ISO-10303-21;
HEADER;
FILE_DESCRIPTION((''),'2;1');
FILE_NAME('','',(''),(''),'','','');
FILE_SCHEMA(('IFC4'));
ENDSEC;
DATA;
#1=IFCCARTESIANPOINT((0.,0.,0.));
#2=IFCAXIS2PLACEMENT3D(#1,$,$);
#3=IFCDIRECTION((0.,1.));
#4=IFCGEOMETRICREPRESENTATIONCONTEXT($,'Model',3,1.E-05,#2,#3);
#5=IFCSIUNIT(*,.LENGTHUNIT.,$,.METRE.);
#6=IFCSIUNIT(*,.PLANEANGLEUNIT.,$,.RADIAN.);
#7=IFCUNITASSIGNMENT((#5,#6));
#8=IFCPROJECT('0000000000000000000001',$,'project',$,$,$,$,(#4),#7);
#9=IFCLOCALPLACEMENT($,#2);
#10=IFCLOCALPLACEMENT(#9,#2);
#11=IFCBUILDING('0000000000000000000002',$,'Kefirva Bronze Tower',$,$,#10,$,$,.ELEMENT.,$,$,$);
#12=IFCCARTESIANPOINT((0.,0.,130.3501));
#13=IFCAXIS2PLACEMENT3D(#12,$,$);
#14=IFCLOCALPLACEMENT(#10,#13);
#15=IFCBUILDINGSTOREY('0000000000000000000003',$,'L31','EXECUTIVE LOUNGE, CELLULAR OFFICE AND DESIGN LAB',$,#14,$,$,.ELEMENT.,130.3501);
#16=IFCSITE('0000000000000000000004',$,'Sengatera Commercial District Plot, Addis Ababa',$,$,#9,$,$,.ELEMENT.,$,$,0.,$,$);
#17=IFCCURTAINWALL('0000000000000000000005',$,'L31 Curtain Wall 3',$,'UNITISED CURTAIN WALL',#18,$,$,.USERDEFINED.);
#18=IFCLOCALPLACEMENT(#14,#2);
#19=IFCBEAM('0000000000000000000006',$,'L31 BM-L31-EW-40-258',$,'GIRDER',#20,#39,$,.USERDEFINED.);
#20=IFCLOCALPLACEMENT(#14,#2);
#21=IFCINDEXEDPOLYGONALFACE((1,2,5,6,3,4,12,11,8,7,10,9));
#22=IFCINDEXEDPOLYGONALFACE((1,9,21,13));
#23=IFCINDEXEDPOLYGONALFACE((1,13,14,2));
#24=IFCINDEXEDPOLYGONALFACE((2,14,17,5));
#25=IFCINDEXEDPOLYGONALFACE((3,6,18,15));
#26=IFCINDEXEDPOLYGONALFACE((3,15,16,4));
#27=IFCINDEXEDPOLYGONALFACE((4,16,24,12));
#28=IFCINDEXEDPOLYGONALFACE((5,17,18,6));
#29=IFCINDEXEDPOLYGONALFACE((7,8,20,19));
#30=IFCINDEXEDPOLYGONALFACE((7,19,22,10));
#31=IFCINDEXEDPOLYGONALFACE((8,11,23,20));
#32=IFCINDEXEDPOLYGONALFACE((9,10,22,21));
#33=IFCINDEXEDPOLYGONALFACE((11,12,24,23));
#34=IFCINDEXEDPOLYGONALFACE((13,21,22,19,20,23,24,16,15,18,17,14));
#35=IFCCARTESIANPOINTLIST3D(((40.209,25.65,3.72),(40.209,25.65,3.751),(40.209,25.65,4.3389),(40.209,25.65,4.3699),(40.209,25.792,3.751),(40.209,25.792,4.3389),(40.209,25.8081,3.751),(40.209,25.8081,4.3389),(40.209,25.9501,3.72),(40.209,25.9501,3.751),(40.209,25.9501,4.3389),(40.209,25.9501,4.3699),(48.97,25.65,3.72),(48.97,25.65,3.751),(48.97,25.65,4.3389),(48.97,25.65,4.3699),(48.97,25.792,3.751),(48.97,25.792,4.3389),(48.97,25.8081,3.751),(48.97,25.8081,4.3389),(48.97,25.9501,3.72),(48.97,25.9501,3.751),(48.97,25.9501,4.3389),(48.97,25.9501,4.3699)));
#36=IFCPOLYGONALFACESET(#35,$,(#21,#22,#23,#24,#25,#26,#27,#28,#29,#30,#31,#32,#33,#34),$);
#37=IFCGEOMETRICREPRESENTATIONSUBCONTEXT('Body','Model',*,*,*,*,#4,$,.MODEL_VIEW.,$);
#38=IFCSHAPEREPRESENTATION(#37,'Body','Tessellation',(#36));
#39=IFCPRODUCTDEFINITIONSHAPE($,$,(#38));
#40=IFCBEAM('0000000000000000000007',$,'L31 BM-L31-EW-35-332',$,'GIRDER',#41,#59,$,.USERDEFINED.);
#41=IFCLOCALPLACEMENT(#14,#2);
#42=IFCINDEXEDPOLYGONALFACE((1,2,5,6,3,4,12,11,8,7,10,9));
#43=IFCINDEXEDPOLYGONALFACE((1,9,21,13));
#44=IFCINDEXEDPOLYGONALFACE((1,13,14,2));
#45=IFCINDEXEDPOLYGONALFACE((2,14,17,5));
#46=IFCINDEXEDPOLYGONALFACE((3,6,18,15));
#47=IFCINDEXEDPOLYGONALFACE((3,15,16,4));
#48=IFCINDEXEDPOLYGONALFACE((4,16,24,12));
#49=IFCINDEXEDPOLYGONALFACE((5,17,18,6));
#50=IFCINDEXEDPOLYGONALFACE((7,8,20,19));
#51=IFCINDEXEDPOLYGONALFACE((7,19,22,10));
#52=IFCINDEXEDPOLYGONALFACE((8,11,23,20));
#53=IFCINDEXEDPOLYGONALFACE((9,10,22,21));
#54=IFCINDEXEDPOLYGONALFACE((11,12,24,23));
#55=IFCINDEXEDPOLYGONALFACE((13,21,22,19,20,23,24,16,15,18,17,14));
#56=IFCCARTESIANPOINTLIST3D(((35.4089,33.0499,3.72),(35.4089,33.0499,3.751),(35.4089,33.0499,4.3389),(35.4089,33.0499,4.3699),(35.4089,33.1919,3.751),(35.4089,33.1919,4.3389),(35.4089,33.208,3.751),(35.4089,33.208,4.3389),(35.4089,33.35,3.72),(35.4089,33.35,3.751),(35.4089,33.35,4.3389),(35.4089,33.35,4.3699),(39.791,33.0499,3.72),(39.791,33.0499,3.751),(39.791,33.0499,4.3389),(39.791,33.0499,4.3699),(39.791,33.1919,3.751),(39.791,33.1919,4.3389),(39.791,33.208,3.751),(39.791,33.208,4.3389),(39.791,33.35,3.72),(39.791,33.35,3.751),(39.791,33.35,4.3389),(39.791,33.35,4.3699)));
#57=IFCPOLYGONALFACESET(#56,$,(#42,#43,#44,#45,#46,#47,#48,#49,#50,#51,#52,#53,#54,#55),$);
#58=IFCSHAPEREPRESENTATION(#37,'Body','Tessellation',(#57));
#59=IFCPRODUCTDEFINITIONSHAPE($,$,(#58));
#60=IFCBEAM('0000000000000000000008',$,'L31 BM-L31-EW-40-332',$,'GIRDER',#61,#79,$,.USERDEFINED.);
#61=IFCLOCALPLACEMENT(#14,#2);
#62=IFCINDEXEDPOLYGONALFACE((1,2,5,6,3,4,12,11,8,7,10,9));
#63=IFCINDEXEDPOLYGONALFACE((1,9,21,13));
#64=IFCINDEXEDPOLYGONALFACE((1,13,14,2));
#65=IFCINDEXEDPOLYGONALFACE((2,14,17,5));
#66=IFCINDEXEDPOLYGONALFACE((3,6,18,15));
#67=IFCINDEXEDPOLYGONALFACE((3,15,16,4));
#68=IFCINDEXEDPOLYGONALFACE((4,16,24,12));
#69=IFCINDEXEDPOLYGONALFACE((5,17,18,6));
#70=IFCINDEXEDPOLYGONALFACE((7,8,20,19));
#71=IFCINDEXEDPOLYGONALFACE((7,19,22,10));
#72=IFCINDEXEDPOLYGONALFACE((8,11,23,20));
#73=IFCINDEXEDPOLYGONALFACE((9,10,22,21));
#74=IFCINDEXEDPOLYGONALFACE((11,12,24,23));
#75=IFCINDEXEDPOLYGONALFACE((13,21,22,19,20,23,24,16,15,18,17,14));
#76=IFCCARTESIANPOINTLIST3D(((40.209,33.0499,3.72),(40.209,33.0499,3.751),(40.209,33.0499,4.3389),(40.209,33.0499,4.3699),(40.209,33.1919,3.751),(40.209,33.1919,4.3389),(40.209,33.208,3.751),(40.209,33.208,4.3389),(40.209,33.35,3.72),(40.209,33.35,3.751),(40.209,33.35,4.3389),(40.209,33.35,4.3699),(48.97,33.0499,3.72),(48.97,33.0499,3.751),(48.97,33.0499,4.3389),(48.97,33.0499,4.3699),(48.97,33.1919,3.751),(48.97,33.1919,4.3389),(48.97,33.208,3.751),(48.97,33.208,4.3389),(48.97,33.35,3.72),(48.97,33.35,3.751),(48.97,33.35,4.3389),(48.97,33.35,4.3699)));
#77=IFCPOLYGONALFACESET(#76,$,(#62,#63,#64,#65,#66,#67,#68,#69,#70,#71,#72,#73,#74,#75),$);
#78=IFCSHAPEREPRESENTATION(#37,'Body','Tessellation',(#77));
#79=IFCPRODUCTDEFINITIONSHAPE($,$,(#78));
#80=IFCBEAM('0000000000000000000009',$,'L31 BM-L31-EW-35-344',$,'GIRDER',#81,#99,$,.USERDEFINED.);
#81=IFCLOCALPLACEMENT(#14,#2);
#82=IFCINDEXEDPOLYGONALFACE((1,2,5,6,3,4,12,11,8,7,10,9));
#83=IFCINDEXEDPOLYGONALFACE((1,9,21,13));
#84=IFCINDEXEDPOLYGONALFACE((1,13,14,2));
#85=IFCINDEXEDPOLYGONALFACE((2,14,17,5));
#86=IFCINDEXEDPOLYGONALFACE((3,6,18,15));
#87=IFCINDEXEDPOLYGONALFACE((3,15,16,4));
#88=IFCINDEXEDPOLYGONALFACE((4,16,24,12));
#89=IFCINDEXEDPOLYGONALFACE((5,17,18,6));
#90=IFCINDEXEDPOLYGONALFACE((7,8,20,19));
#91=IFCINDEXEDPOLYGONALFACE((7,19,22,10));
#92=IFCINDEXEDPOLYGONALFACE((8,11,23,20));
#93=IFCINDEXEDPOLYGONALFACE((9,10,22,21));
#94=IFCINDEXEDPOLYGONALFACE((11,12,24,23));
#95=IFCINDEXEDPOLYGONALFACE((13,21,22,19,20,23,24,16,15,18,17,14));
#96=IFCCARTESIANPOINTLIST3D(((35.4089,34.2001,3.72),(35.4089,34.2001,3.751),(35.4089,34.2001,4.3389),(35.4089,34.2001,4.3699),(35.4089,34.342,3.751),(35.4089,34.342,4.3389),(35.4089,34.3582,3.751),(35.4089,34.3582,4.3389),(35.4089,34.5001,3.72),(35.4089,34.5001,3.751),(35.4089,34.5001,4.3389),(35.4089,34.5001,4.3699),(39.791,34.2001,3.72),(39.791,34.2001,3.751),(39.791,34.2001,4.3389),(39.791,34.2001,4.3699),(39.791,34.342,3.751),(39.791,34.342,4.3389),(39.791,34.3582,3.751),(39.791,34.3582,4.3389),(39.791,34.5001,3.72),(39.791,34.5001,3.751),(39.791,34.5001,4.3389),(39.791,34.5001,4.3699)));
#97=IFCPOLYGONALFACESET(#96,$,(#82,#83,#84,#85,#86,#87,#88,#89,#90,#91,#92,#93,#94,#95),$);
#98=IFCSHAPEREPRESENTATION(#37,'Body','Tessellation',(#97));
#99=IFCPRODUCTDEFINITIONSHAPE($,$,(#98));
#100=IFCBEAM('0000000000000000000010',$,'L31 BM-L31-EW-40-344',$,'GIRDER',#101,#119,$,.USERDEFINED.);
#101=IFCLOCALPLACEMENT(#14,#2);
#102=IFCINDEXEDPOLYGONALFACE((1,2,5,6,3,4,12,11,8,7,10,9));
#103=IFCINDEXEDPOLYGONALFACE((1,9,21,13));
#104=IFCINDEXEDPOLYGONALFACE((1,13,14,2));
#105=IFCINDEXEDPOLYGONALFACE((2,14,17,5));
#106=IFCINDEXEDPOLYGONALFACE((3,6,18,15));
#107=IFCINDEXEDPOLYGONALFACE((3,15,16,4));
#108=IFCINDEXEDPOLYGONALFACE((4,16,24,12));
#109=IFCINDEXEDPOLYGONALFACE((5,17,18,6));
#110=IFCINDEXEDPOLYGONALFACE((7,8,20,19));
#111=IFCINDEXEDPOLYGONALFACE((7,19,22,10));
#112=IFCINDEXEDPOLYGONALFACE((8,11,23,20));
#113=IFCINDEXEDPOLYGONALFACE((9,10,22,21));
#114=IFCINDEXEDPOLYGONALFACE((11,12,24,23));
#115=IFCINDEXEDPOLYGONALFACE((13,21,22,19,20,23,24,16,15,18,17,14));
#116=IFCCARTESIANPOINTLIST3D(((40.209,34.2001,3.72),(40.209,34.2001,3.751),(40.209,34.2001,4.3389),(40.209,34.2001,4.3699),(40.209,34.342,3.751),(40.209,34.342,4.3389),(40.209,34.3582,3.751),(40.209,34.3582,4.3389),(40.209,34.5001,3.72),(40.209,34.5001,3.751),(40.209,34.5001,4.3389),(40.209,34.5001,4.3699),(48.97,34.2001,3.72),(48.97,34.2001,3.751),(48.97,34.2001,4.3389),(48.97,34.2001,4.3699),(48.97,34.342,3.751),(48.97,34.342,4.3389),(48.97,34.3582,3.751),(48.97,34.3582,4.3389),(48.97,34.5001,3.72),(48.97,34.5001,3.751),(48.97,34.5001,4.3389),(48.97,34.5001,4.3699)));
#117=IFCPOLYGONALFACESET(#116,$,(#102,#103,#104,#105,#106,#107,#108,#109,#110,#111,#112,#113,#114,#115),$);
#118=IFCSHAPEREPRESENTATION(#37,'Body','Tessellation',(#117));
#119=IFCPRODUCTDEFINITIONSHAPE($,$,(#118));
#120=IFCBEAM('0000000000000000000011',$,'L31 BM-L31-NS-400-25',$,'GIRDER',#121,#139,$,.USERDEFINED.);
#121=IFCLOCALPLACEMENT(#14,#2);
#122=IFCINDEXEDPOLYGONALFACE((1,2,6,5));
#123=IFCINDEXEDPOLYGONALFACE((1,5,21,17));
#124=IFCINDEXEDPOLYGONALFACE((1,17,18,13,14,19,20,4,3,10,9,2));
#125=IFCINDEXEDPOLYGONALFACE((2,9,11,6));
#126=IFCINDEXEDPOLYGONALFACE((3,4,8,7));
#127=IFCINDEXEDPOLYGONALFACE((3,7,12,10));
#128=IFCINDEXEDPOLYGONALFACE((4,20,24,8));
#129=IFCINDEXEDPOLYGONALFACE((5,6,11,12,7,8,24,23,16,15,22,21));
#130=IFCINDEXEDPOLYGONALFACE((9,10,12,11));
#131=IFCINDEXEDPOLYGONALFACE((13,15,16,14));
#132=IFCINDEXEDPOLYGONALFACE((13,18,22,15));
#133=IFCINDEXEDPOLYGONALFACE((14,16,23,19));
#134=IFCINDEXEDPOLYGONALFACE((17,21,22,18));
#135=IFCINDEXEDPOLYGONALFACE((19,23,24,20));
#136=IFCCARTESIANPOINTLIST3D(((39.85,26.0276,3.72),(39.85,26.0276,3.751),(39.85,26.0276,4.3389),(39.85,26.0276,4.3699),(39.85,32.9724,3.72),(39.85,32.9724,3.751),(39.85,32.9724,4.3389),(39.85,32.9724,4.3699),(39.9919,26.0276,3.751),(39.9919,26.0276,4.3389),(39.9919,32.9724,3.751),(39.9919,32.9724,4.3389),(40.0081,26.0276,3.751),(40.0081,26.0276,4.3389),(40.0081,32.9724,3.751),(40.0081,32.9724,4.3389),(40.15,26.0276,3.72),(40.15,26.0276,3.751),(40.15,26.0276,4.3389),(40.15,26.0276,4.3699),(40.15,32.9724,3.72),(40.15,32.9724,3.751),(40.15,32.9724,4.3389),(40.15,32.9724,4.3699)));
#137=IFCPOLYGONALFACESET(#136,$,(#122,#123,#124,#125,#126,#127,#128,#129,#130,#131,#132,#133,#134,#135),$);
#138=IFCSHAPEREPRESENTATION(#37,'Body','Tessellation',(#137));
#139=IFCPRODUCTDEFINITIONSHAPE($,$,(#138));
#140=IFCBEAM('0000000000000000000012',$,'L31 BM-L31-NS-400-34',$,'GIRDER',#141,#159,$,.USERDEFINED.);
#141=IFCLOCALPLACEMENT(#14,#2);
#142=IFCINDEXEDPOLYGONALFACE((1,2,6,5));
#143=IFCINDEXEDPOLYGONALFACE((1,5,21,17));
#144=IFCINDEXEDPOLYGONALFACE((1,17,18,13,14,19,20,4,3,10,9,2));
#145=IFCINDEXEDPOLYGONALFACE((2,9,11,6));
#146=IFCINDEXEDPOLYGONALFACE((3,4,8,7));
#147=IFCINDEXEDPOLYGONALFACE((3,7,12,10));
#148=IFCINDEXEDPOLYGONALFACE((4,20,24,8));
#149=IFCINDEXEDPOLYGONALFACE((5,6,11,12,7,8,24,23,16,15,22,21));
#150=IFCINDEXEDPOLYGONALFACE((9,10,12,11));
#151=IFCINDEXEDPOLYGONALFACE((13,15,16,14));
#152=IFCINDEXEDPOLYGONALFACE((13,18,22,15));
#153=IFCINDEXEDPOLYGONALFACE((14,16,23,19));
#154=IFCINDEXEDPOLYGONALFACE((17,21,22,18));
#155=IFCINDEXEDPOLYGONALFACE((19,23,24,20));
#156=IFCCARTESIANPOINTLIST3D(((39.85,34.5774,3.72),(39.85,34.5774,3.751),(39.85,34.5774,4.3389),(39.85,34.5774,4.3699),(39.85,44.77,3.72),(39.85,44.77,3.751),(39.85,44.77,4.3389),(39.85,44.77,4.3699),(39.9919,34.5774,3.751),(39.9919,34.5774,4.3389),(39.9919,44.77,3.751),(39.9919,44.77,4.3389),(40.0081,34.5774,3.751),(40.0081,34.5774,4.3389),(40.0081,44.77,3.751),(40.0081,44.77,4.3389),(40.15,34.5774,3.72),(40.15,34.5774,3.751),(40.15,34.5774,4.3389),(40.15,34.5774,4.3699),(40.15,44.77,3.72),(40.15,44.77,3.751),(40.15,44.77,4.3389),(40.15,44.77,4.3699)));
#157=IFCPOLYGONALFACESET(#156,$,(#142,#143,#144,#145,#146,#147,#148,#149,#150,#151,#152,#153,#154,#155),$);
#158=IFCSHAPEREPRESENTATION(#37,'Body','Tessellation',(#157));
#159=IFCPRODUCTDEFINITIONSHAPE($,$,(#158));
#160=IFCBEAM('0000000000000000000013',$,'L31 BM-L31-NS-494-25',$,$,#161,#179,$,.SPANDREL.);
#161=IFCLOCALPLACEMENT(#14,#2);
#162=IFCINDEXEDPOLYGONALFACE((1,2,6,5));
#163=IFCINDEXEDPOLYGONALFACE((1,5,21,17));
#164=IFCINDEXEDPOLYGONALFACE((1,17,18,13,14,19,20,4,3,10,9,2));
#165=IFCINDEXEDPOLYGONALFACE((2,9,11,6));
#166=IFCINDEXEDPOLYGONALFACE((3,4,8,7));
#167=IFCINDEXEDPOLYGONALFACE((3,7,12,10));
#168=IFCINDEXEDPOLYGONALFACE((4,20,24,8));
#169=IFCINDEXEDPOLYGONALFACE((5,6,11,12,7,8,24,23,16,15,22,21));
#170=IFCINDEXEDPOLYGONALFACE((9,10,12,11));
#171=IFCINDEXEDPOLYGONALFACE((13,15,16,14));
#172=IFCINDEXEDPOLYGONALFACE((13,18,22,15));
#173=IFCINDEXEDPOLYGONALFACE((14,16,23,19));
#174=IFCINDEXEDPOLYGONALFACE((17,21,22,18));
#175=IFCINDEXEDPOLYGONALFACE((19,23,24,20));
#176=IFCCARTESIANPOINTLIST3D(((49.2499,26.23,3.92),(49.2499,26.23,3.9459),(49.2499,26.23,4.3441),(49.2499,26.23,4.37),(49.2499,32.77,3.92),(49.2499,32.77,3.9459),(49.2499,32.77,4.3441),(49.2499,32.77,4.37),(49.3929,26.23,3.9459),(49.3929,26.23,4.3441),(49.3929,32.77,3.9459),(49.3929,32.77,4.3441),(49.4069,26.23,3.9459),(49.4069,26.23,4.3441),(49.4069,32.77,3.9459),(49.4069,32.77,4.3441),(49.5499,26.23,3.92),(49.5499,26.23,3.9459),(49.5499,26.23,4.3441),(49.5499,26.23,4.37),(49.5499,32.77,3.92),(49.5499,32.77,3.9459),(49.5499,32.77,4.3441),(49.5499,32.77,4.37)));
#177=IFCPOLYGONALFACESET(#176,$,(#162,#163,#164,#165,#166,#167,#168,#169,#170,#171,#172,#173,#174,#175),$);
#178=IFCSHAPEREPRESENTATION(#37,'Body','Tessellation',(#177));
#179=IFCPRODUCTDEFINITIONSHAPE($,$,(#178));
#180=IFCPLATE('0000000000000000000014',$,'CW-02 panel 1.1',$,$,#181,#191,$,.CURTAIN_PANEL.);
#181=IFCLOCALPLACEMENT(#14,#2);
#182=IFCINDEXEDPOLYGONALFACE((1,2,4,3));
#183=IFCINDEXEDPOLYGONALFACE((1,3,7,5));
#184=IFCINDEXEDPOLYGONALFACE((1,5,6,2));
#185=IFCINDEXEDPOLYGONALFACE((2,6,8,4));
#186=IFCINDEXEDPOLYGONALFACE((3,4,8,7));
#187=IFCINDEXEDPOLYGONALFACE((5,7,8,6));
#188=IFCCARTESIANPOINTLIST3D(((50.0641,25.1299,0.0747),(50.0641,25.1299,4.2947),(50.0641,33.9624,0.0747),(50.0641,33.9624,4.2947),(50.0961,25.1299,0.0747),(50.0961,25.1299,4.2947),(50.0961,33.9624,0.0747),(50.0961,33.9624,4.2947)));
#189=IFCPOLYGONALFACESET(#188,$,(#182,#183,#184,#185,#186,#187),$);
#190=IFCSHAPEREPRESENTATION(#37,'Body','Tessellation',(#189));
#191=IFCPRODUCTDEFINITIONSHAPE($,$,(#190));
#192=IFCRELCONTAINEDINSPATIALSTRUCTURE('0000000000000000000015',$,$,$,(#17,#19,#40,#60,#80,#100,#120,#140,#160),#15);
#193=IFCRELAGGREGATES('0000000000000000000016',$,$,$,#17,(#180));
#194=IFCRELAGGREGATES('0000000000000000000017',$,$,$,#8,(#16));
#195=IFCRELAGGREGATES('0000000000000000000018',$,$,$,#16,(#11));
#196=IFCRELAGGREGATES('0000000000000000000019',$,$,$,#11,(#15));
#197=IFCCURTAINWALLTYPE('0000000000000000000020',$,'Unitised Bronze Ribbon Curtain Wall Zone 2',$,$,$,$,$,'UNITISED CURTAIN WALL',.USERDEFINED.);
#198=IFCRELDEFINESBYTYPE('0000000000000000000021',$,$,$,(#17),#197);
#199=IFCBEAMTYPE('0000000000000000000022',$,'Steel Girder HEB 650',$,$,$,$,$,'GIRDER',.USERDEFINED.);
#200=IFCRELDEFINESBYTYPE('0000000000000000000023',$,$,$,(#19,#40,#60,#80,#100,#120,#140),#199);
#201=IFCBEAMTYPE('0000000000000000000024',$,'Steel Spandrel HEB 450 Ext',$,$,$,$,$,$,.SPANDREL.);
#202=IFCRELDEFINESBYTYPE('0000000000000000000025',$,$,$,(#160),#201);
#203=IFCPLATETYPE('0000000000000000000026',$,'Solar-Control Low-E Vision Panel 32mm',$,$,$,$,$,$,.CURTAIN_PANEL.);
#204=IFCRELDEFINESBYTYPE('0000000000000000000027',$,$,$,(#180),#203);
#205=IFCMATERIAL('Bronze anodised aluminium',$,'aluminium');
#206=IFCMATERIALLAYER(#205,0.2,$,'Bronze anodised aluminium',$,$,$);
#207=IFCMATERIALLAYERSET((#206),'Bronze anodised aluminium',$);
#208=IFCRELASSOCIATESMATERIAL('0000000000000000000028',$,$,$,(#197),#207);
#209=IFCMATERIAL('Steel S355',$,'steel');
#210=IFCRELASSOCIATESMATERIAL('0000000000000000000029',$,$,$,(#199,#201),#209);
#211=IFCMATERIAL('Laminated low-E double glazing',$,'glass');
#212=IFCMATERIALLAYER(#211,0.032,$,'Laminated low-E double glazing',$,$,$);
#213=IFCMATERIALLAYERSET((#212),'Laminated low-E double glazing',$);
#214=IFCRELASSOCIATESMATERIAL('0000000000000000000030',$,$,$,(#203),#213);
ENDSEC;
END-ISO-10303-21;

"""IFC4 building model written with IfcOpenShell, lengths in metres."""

from ifc_helpers import new_model, si_unit, direction, frame, origin, origin_2d, place, context, subcontext, project, spatial, rectangle, i_section, extrude, material, layer, layer_set, material_profile, profile_set, type_object, element, aggregate, save


model = new_model("IFC4")

# Units and contexts
model_context = context("Model", 3, precision=1e-05, world=origin(), true_north=direction((0.0, 1.0)))
body_context = subcontext(model_context, "Body", "Model", "MODEL_VIEW")
ifc_project = project(units=[si_unit("LENGTHUNIT", "METRE"), si_unit("PLANEANGLEUNIT", "RADIAN")], contexts=[model_context])

# Site, building, storey
site_placement = place(None, origin())
site = spatial("IfcSite", under=ifc_project, at=site_placement, Name="Sengatera Commercial District Plot, Addis Ababa", CompositionType="ELEMENT", RefElevation=0.0)
building_placement = place(site_placement, origin())
building = spatial("IfcBuilding", under=site, at=building_placement, Name="Kefirva Bronze Tower", CompositionType="ELEMENT")
storey_placement = place(building_placement, frame((0.0, 0.0, 130.3501)))
storey = spatial("IfcBuildingStorey", under=building, at=storey_placement, Name="L31", Description="EXECUTIVE LOUNGE, CELLULAR OFFICE AND DESIGN LAB", CompositionType="ELEMENT", Elevation=130.3501)

# Curtain wall
ifc_material_1 = material(Name="Bronze anodised aluminium", Category="aluminium")
ifc_layer_1 = layer(ifc_material_1, 0.2, Name="Bronze anodised aluminium")
ifc_layer_set_1 = layer_set([ifc_layer_1], Name="Bronze anodised aluminium")
curtain_wall_type = type_object("IfcCurtainWallType", Name="Unitised Bronze Ribbon Curtain Wall Zone 2", ElementType="UNITISED CURTAIN WALL", PredefinedType="USERDEFINED", material=ifc_layer_set_1)
curtain_wall_placement = place(storey_placement, origin())
curtain_wall = element("IfcCurtainWall", 1, at=curtain_wall_placement, inside=storey, type_object=curtain_wall_type, Name="L31 Curtain Wall 3", ObjectType="UNITISED CURTAIN WALL", PredefinedType="USERDEFINED")

# Beams
ifc_material_2 = material(Name="Steel S355", Category="steel")
ifc_material_profile_1 = material_profile(ifc_material_2, i_section(OverallWidth=0.3, OverallDepth=0.6499, WebThickness=0.0161, FlangeThickness=0.031, at=origin_2d()), Name="HEB 650")
ifc_profile_set_1 = profile_set([ifc_material_profile_1], Name="Steel S355")
beam_type_1 = type_object("IfcBeamType", Name="Steel Girder HEB 650", ElementType="GIRDER", PredefinedType="USERDEFINED", material=ifc_profile_set_1)
beam_1_placement = place(storey_placement, frame((40.209, 25.8, 4.0449), z_axis=(1.0, 0.0, 0.0), x_axis=(0.0, 1.0, 0.0)))
element("IfcBeam", 2, at=beam_1_placement, inside=storey, type_object=beam_type_1, Name="L31 BM-L31-EW-40-258", ObjectType="GIRDER", PredefinedType="USERDEFINED", context=body_context, shape_type="SweptSolid", body=[
    extrude(i_section(OverallWidth=0.3, OverallDepth=0.6499, WebThickness=0.0161, FlangeThickness=0.031, at=origin_2d()), origin(), (0.0, 0.0, 1.0), 8.761),
])
beam_2_placement = place(storey_placement, frame((35.4089, 33.2, 4.0449), z_axis=(1.0, 0.0, 0.0), x_axis=(0.0, 1.0, 0.0)))
element("IfcBeam", 3, at=beam_2_placement, inside=storey, type_object=beam_type_1, Name="L31 BM-L31-EW-35-332", ObjectType="GIRDER", PredefinedType="USERDEFINED", context=body_context, shape_type="SweptSolid", body=[
    extrude(i_section(OverallWidth=0.3, OverallDepth=0.6499, WebThickness=0.0161, FlangeThickness=0.031, at=origin_2d()), origin(), (0.0, 0.0, 1.0), 4.3821),
])
beam_3_placement = place(storey_placement, frame((40.209, 33.2, 4.0449), z_axis=(1.0, 0.0, 0.0), x_axis=(0.0, 1.0, 0.0)))
element("IfcBeam", 4, at=beam_3_placement, inside=storey, type_object=beam_type_1, Name="L31 BM-L31-EW-40-332", ObjectType="GIRDER", PredefinedType="USERDEFINED", context=body_context, shape_type="SweptSolid", body=[
    extrude(i_section(OverallWidth=0.3, OverallDepth=0.6499, WebThickness=0.0161, FlangeThickness=0.031, at=origin_2d()), origin(), (0.0, 0.0, 1.0), 8.761),
])
beam_4_placement = place(storey_placement, frame((35.4089, 34.3501, 4.0449), z_axis=(1.0, 0.0, 0.0), x_axis=(0.0, 1.0, 0.0)))
element("IfcBeam", 5, at=beam_4_placement, inside=storey, type_object=beam_type_1, Name="L31 BM-L31-EW-35-344", ObjectType="GIRDER", PredefinedType="USERDEFINED", context=body_context, shape_type="SweptSolid", body=[
    extrude(i_section(OverallWidth=0.3, OverallDepth=0.6499, WebThickness=0.0161, FlangeThickness=0.031, at=origin_2d()), origin(), (0.0, 0.0, 1.0), 4.3821),
])
beam_5_placement = place(storey_placement, frame((40.209, 34.3501, 4.0449), z_axis=(1.0, 0.0, 0.0), x_axis=(0.0, 1.0, 0.0)))
element("IfcBeam", 6, at=beam_5_placement, inside=storey, type_object=beam_type_1, Name="L31 BM-L31-EW-40-344", ObjectType="GIRDER", PredefinedType="USERDEFINED", context=body_context, shape_type="SweptSolid", body=[
    extrude(i_section(OverallWidth=0.3, OverallDepth=0.6499, WebThickness=0.0161, FlangeThickness=0.031, at=origin_2d()), origin(), (0.0, 0.0, 1.0), 8.761),
])
beam_6_placement = place(storey_placement, frame((40.0, 26.0276, 4.0449), z_axis=(0.0, 1.0, 0.0), x_axis=(-1.0, 0.0, 0.0)))
element("IfcBeam", 7, at=beam_6_placement, inside=storey, type_object=beam_type_1, Name="L31 BM-L31-NS-400-25", ObjectType="GIRDER", PredefinedType="USERDEFINED", context=body_context, shape_type="SweptSolid", body=[
    extrude(i_section(OverallWidth=0.3, OverallDepth=0.6499, WebThickness=0.0161, FlangeThickness=0.031, at=origin_2d()), origin(), (0.0, 0.0, 1.0), 6.9448),
])
beam_7_placement = place(storey_placement, frame((40.0, 34.5774, 4.0449), z_axis=(0.0, 1.0, 0.0), x_axis=(-1.0, 0.0, 0.0)))
element("IfcBeam", 8, at=beam_7_placement, inside=storey, type_object=beam_type_1, Name="L31 BM-L31-NS-400-34", ObjectType="GIRDER", PredefinedType="USERDEFINED", context=body_context, shape_type="SweptSolid", body=[
    extrude(i_section(OverallWidth=0.3, OverallDepth=0.6499, WebThickness=0.0161, FlangeThickness=0.031, at=origin_2d()), origin(), (0.0, 0.0, 1.0), 10.1926),
])
ifc_material_profile_2 = material_profile(ifc_material_2, i_section(OverallWidth=0.3, OverallDepth=0.45, WebThickness=0.0139, FlangeThickness=0.0259, at=origin_2d()), Name="HEB 450")
ifc_profile_set_2 = profile_set([ifc_material_profile_2], Name="Steel S355")
beam_type_2 = type_object("IfcBeamType", Name="Steel Spandrel HEB 450 Ext", PredefinedType="SPANDREL", material=ifc_profile_set_2)
beam_8_placement = place(storey_placement, frame((49.3999, 26.23, 4.145), z_axis=(0.0, 1.0, 0.0), x_axis=(-1.0, 0.0, 0.0)))
element("IfcBeam", 9, at=beam_8_placement, inside=storey, type_object=beam_type_2, Name="L31 BM-L31-NS-494-25", PredefinedType="SPANDREL", context=body_context, shape_type="SweptSolid", body=[
    extrude(i_section(OverallWidth=0.3, OverallDepth=0.45, WebThickness=0.0139, FlangeThickness=0.0259, at=origin_2d()), origin(), (0.0, 0.0, 1.0), 6.54),
])

# Plate
ifc_material_3 = material(Name="Laminated low-E double glazing", Category="glass")
ifc_layer_2 = layer(ifc_material_3, 0.032, Name="Laminated low-E double glazing")
ifc_layer_set_2 = layer_set([ifc_layer_2], Name="Laminated low-E double glazing")
plate_type = type_object("IfcPlateType", Name="Solar-Control Low-E Vision Panel 32mm", PredefinedType="CURTAIN_PANEL", material=ifc_layer_set_2)
plate_placement = place(storey_placement, frame((50.0801, 29.5461, 0.0747), z_axis=(0.0, 0.0, 1.0), x_axis=(0.0, 1.0, 0.0)))
plate = element("IfcPlate", 10, at=plate_placement, type_object=plate_type, Name="CW-02 panel 1.1", PredefinedType="CURTAIN_PANEL", context=body_context, shape_type="SweptSolid", body=[
    extrude(rectangle(XDim=8.8325, YDim=0.032, at=origin_2d()), origin(), (0.0, 0.0, 1.0), 4.22),
])
aggregate(curtain_wall, [plate])

save(model, "model.ifc")
